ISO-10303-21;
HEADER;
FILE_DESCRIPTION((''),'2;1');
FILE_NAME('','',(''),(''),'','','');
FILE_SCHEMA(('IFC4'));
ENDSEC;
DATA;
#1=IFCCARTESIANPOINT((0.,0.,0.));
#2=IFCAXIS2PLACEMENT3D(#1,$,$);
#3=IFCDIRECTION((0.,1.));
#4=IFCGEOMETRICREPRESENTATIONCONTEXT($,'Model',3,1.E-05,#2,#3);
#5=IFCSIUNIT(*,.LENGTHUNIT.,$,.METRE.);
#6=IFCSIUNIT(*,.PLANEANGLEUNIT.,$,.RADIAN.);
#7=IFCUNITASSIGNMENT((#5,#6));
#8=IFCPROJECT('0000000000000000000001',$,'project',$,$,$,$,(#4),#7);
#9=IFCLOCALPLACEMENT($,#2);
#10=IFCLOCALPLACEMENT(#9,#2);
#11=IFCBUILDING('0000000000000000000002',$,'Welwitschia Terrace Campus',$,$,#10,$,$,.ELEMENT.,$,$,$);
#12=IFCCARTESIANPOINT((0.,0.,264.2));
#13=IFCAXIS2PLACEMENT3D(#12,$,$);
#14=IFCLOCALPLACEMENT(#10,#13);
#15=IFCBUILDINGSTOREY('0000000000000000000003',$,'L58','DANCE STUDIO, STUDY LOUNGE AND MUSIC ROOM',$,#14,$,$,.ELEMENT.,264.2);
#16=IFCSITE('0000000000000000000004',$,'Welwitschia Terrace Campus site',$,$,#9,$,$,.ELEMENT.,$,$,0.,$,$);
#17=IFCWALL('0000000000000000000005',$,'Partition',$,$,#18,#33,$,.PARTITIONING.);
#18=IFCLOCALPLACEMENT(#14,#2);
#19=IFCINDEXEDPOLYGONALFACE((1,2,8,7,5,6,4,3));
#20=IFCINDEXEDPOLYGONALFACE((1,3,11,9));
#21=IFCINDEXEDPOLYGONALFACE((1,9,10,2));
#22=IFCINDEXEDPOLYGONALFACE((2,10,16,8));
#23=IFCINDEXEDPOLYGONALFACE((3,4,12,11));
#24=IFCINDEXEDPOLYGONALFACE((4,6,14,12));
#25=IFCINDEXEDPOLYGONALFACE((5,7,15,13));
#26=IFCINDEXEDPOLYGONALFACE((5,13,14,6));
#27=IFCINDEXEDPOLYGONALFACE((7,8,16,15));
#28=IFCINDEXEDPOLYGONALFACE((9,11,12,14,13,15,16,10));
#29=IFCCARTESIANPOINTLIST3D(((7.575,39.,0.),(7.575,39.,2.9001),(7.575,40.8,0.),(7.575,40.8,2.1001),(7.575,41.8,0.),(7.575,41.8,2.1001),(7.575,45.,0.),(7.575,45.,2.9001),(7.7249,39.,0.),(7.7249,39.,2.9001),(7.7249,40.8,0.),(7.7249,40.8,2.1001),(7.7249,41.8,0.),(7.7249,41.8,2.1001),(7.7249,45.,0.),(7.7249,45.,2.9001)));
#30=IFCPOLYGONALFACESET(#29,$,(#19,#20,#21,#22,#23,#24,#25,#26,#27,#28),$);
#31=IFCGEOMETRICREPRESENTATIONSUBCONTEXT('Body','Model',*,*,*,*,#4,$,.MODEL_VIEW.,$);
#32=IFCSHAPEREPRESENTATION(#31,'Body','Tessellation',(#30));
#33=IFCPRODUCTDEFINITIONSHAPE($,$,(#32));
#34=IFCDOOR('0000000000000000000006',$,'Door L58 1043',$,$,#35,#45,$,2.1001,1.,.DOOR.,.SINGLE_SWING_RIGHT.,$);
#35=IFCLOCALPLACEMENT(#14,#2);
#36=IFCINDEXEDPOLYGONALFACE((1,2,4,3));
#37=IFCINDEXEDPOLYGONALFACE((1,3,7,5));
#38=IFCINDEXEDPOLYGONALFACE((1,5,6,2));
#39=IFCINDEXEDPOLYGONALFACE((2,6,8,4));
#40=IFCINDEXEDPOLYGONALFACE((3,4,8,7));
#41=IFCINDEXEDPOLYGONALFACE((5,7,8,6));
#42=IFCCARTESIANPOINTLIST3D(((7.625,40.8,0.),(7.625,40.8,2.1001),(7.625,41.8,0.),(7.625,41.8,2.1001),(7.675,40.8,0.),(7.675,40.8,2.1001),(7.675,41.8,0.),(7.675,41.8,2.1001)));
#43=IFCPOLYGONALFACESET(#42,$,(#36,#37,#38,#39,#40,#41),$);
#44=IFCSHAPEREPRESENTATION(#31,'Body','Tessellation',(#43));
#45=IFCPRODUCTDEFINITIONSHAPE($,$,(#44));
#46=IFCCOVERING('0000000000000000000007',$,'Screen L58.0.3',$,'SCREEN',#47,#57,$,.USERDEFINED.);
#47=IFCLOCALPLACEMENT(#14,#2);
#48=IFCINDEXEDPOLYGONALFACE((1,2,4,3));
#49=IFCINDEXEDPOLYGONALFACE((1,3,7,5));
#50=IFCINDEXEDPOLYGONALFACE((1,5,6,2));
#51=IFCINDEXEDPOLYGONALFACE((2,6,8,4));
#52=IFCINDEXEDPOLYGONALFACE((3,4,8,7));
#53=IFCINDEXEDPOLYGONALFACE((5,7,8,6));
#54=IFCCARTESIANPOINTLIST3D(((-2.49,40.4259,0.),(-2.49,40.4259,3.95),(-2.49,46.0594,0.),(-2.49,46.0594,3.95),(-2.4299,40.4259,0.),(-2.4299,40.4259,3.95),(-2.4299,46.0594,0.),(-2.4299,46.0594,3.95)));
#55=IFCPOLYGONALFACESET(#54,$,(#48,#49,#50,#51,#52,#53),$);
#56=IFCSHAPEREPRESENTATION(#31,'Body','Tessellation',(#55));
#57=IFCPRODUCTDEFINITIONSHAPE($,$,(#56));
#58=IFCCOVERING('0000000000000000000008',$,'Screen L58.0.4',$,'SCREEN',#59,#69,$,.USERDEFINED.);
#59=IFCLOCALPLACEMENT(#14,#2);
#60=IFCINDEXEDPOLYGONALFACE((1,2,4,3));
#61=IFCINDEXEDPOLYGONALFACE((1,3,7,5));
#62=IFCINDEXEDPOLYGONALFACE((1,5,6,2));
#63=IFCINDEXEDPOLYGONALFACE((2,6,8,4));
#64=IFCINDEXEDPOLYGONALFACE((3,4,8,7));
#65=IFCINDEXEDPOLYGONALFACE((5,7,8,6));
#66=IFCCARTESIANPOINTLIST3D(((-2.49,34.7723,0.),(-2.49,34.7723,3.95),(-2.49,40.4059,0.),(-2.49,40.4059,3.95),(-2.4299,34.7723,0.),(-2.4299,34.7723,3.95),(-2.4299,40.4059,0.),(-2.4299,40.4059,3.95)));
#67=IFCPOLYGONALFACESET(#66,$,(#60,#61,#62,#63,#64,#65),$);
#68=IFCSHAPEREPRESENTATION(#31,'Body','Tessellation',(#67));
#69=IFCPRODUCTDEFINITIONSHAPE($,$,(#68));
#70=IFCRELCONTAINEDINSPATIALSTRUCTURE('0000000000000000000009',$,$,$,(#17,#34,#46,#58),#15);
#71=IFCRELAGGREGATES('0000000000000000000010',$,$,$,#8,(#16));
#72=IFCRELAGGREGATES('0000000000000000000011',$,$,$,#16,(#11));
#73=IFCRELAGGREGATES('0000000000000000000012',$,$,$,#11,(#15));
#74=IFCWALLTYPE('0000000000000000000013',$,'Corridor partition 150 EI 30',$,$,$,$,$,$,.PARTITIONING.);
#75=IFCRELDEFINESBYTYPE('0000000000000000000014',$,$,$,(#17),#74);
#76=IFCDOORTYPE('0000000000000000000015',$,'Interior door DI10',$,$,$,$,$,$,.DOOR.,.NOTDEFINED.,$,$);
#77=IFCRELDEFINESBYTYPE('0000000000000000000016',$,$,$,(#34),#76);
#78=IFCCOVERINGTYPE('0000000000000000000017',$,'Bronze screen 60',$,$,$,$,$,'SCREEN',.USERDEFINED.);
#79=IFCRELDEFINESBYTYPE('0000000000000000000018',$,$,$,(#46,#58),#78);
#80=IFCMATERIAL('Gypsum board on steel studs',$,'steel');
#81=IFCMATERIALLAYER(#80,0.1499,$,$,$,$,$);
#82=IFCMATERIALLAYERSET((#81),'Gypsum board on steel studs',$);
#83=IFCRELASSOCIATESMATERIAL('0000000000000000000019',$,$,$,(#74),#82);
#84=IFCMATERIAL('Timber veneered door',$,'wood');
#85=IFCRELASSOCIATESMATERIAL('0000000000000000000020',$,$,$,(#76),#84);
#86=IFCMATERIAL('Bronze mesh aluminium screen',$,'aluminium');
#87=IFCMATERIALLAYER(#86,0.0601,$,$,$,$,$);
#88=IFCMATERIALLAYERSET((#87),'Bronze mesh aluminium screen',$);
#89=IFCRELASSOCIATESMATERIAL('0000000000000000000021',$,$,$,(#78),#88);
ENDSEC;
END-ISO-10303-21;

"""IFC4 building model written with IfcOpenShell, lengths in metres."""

from ifc_helpers import new_model, si_unit, direction, frame, frame_2d, origin, origin_2d, place, context, subcontext, project, spatial, rectangle, extrude, material, layer, layer_set, type_object, element, fill, save


model = new_model("IFC4")

# Units and contexts
model_context = context("Model", 3, precision=1e-05, world=origin(), true_north=direction((0.0, 1.0)))
body_context = subcontext(model_context, "Body", "Model", "MODEL_VIEW")
ifc_project = project(units=[si_unit("LENGTHUNIT", "METRE"), si_unit("PLANEANGLEUNIT", "RADIAN")], contexts=[model_context])

# Site, building, storey
site_placement = place(None, origin())
site = spatial("IfcSite", under=ifc_project, at=site_placement, Name="Welwitschia Terrace Campus site", CompositionType="ELEMENT", RefElevation=0.0)
building_placement = place(site_placement, origin())
building = spatial("IfcBuilding", under=site, at=building_placement, Name="Welwitschia Terrace Campus", CompositionType="ELEMENT")
storey_placement = place(building_placement, frame((0.0, 0.0, 264.2)))
storey = spatial("IfcBuildingStorey", under=building, at=storey_placement, Name="L58", Description="DANCE STUDIO, STUDY LOUNGE AND MUSIC ROOM", CompositionType="ELEMENT", Elevation=264.2)

# Shared definitions
ifc_material_1 = material(Name="Gypsum board on steel studs", Category="steel")
ifc_layer_1 = layer(ifc_material_1, 0.1499)
ifc_layer_set_1 = layer_set([ifc_layer_1], Name="Gypsum board on steel studs")
wall_type = type_object("IfcWallType", Name="Corridor partition 150 EI 30", PredefinedType="PARTITIONING", material=ifc_layer_set_1)

# Wall, opening, door
ifc_material_2 = material(Name="Timber veneered door", Category="wood")
door_type = type_object("IfcDoorType", Name="Interior door DI10", OperationType="NOTDEFINED", PredefinedType="DOOR", material=ifc_material_2)
wall_1_placement = place(storey_placement, frame((7.6499, 39.0, 0.0), z_axis=(0.0, 0.0, 1.0), x_axis=(0.0, 1.0, 0.0)))
wall_1 = element("IfcWall", 1, at=wall_1_placement, inside=storey, type_object=wall_type, Name="Partition", PredefinedType="PARTITIONING", context=body_context, shape_type="SweptSolid", body=[
    extrude(rectangle(XDim=6.0, YDim=0.1499, at=frame_2d((3.0, 0.0))), origin(), (0.0, 0.0, 1.0), 2.9001),
])
opening_1_placement = place(wall_1_placement, frame((1.8, 0.0, 0.0)))
opening_1 = element("IfcOpeningElement", 2, at=opening_1_placement, cuts=wall_1, PredefinedType="OPENING", context=body_context, shape_type="SweptSolid", body=[
    extrude(rectangle(XDim=1.0, YDim=2.1001, at=frame_2d((0.5, 1.05))), frame((0.0, 0.085, 0.0), z_axis=(0.0, -1.0, 0.0), x_axis=(1.0, 0.0, 0.0)), (0.0, 0.0, 1.0), 0.1699),
])
door_1_placement = place(opening_1_placement, origin())
door_1 = element("IfcDoor", 3, at=door_1_placement, inside=storey, type_object=door_type, Name="Door L58 1043", OperationType="SINGLE_SWING_RIGHT", OverallHeight=2.1001, OverallWidth=1.0, PredefinedType="DOOR", context=body_context, shape_type="SweptSolid", body=[
    extrude(rectangle(XDim=1.0, YDim=2.1001, at=frame_2d((0.5, 1.05))), frame((0.0, 0.0249, 0.0), z_axis=(0.0, -1.0, 0.0), x_axis=(1.0, 0.0, 0.0)), (0.0, 0.0, 1.0), 0.05),
])
fill(opening_1, door_1)

# Coverings
ifc_material_3 = material(Name="Bronze mesh aluminium screen", Category="aluminium")
ifc_layer_2 = layer(ifc_material_3, 0.0601)
ifc_layer_set_2 = layer_set([ifc_layer_2], Name="Bronze mesh aluminium screen")
covering_type = type_object("IfcCoveringType", Name="Bronze screen 60", ElementType="SCREEN", PredefinedType="USERDEFINED", material=ifc_layer_set_2)
for number, where, z_axis, x_axis, name in (
    (4, (-2.46, 43.2427, 0.0), (0.0, 0.0, 1.0), (0.0, -1.0, 0.0), "Screen L58.0.3"),
    (5, (-2.46, 37.5891, 0.0), (0.0, 0.0, 1.0), (0.0, -1.0, 0.0), "Screen L58.0.4"),
):
    element("IfcCovering", number, at=place(storey_placement, frame(where, z_axis=z_axis, x_axis=x_axis)), inside=storey, type_object=covering_type, Name=name, ObjectType="SCREEN", PredefinedType="USERDEFINED", context=body_context, shape_type="SweptSolid", body=[
        extrude(rectangle(XDim=5.6335, YDim=0.0601, at=origin_2d()), origin(), (0.0, 0.0, 1.0), 3.95),
    ])

save(model, "model.ifc")
